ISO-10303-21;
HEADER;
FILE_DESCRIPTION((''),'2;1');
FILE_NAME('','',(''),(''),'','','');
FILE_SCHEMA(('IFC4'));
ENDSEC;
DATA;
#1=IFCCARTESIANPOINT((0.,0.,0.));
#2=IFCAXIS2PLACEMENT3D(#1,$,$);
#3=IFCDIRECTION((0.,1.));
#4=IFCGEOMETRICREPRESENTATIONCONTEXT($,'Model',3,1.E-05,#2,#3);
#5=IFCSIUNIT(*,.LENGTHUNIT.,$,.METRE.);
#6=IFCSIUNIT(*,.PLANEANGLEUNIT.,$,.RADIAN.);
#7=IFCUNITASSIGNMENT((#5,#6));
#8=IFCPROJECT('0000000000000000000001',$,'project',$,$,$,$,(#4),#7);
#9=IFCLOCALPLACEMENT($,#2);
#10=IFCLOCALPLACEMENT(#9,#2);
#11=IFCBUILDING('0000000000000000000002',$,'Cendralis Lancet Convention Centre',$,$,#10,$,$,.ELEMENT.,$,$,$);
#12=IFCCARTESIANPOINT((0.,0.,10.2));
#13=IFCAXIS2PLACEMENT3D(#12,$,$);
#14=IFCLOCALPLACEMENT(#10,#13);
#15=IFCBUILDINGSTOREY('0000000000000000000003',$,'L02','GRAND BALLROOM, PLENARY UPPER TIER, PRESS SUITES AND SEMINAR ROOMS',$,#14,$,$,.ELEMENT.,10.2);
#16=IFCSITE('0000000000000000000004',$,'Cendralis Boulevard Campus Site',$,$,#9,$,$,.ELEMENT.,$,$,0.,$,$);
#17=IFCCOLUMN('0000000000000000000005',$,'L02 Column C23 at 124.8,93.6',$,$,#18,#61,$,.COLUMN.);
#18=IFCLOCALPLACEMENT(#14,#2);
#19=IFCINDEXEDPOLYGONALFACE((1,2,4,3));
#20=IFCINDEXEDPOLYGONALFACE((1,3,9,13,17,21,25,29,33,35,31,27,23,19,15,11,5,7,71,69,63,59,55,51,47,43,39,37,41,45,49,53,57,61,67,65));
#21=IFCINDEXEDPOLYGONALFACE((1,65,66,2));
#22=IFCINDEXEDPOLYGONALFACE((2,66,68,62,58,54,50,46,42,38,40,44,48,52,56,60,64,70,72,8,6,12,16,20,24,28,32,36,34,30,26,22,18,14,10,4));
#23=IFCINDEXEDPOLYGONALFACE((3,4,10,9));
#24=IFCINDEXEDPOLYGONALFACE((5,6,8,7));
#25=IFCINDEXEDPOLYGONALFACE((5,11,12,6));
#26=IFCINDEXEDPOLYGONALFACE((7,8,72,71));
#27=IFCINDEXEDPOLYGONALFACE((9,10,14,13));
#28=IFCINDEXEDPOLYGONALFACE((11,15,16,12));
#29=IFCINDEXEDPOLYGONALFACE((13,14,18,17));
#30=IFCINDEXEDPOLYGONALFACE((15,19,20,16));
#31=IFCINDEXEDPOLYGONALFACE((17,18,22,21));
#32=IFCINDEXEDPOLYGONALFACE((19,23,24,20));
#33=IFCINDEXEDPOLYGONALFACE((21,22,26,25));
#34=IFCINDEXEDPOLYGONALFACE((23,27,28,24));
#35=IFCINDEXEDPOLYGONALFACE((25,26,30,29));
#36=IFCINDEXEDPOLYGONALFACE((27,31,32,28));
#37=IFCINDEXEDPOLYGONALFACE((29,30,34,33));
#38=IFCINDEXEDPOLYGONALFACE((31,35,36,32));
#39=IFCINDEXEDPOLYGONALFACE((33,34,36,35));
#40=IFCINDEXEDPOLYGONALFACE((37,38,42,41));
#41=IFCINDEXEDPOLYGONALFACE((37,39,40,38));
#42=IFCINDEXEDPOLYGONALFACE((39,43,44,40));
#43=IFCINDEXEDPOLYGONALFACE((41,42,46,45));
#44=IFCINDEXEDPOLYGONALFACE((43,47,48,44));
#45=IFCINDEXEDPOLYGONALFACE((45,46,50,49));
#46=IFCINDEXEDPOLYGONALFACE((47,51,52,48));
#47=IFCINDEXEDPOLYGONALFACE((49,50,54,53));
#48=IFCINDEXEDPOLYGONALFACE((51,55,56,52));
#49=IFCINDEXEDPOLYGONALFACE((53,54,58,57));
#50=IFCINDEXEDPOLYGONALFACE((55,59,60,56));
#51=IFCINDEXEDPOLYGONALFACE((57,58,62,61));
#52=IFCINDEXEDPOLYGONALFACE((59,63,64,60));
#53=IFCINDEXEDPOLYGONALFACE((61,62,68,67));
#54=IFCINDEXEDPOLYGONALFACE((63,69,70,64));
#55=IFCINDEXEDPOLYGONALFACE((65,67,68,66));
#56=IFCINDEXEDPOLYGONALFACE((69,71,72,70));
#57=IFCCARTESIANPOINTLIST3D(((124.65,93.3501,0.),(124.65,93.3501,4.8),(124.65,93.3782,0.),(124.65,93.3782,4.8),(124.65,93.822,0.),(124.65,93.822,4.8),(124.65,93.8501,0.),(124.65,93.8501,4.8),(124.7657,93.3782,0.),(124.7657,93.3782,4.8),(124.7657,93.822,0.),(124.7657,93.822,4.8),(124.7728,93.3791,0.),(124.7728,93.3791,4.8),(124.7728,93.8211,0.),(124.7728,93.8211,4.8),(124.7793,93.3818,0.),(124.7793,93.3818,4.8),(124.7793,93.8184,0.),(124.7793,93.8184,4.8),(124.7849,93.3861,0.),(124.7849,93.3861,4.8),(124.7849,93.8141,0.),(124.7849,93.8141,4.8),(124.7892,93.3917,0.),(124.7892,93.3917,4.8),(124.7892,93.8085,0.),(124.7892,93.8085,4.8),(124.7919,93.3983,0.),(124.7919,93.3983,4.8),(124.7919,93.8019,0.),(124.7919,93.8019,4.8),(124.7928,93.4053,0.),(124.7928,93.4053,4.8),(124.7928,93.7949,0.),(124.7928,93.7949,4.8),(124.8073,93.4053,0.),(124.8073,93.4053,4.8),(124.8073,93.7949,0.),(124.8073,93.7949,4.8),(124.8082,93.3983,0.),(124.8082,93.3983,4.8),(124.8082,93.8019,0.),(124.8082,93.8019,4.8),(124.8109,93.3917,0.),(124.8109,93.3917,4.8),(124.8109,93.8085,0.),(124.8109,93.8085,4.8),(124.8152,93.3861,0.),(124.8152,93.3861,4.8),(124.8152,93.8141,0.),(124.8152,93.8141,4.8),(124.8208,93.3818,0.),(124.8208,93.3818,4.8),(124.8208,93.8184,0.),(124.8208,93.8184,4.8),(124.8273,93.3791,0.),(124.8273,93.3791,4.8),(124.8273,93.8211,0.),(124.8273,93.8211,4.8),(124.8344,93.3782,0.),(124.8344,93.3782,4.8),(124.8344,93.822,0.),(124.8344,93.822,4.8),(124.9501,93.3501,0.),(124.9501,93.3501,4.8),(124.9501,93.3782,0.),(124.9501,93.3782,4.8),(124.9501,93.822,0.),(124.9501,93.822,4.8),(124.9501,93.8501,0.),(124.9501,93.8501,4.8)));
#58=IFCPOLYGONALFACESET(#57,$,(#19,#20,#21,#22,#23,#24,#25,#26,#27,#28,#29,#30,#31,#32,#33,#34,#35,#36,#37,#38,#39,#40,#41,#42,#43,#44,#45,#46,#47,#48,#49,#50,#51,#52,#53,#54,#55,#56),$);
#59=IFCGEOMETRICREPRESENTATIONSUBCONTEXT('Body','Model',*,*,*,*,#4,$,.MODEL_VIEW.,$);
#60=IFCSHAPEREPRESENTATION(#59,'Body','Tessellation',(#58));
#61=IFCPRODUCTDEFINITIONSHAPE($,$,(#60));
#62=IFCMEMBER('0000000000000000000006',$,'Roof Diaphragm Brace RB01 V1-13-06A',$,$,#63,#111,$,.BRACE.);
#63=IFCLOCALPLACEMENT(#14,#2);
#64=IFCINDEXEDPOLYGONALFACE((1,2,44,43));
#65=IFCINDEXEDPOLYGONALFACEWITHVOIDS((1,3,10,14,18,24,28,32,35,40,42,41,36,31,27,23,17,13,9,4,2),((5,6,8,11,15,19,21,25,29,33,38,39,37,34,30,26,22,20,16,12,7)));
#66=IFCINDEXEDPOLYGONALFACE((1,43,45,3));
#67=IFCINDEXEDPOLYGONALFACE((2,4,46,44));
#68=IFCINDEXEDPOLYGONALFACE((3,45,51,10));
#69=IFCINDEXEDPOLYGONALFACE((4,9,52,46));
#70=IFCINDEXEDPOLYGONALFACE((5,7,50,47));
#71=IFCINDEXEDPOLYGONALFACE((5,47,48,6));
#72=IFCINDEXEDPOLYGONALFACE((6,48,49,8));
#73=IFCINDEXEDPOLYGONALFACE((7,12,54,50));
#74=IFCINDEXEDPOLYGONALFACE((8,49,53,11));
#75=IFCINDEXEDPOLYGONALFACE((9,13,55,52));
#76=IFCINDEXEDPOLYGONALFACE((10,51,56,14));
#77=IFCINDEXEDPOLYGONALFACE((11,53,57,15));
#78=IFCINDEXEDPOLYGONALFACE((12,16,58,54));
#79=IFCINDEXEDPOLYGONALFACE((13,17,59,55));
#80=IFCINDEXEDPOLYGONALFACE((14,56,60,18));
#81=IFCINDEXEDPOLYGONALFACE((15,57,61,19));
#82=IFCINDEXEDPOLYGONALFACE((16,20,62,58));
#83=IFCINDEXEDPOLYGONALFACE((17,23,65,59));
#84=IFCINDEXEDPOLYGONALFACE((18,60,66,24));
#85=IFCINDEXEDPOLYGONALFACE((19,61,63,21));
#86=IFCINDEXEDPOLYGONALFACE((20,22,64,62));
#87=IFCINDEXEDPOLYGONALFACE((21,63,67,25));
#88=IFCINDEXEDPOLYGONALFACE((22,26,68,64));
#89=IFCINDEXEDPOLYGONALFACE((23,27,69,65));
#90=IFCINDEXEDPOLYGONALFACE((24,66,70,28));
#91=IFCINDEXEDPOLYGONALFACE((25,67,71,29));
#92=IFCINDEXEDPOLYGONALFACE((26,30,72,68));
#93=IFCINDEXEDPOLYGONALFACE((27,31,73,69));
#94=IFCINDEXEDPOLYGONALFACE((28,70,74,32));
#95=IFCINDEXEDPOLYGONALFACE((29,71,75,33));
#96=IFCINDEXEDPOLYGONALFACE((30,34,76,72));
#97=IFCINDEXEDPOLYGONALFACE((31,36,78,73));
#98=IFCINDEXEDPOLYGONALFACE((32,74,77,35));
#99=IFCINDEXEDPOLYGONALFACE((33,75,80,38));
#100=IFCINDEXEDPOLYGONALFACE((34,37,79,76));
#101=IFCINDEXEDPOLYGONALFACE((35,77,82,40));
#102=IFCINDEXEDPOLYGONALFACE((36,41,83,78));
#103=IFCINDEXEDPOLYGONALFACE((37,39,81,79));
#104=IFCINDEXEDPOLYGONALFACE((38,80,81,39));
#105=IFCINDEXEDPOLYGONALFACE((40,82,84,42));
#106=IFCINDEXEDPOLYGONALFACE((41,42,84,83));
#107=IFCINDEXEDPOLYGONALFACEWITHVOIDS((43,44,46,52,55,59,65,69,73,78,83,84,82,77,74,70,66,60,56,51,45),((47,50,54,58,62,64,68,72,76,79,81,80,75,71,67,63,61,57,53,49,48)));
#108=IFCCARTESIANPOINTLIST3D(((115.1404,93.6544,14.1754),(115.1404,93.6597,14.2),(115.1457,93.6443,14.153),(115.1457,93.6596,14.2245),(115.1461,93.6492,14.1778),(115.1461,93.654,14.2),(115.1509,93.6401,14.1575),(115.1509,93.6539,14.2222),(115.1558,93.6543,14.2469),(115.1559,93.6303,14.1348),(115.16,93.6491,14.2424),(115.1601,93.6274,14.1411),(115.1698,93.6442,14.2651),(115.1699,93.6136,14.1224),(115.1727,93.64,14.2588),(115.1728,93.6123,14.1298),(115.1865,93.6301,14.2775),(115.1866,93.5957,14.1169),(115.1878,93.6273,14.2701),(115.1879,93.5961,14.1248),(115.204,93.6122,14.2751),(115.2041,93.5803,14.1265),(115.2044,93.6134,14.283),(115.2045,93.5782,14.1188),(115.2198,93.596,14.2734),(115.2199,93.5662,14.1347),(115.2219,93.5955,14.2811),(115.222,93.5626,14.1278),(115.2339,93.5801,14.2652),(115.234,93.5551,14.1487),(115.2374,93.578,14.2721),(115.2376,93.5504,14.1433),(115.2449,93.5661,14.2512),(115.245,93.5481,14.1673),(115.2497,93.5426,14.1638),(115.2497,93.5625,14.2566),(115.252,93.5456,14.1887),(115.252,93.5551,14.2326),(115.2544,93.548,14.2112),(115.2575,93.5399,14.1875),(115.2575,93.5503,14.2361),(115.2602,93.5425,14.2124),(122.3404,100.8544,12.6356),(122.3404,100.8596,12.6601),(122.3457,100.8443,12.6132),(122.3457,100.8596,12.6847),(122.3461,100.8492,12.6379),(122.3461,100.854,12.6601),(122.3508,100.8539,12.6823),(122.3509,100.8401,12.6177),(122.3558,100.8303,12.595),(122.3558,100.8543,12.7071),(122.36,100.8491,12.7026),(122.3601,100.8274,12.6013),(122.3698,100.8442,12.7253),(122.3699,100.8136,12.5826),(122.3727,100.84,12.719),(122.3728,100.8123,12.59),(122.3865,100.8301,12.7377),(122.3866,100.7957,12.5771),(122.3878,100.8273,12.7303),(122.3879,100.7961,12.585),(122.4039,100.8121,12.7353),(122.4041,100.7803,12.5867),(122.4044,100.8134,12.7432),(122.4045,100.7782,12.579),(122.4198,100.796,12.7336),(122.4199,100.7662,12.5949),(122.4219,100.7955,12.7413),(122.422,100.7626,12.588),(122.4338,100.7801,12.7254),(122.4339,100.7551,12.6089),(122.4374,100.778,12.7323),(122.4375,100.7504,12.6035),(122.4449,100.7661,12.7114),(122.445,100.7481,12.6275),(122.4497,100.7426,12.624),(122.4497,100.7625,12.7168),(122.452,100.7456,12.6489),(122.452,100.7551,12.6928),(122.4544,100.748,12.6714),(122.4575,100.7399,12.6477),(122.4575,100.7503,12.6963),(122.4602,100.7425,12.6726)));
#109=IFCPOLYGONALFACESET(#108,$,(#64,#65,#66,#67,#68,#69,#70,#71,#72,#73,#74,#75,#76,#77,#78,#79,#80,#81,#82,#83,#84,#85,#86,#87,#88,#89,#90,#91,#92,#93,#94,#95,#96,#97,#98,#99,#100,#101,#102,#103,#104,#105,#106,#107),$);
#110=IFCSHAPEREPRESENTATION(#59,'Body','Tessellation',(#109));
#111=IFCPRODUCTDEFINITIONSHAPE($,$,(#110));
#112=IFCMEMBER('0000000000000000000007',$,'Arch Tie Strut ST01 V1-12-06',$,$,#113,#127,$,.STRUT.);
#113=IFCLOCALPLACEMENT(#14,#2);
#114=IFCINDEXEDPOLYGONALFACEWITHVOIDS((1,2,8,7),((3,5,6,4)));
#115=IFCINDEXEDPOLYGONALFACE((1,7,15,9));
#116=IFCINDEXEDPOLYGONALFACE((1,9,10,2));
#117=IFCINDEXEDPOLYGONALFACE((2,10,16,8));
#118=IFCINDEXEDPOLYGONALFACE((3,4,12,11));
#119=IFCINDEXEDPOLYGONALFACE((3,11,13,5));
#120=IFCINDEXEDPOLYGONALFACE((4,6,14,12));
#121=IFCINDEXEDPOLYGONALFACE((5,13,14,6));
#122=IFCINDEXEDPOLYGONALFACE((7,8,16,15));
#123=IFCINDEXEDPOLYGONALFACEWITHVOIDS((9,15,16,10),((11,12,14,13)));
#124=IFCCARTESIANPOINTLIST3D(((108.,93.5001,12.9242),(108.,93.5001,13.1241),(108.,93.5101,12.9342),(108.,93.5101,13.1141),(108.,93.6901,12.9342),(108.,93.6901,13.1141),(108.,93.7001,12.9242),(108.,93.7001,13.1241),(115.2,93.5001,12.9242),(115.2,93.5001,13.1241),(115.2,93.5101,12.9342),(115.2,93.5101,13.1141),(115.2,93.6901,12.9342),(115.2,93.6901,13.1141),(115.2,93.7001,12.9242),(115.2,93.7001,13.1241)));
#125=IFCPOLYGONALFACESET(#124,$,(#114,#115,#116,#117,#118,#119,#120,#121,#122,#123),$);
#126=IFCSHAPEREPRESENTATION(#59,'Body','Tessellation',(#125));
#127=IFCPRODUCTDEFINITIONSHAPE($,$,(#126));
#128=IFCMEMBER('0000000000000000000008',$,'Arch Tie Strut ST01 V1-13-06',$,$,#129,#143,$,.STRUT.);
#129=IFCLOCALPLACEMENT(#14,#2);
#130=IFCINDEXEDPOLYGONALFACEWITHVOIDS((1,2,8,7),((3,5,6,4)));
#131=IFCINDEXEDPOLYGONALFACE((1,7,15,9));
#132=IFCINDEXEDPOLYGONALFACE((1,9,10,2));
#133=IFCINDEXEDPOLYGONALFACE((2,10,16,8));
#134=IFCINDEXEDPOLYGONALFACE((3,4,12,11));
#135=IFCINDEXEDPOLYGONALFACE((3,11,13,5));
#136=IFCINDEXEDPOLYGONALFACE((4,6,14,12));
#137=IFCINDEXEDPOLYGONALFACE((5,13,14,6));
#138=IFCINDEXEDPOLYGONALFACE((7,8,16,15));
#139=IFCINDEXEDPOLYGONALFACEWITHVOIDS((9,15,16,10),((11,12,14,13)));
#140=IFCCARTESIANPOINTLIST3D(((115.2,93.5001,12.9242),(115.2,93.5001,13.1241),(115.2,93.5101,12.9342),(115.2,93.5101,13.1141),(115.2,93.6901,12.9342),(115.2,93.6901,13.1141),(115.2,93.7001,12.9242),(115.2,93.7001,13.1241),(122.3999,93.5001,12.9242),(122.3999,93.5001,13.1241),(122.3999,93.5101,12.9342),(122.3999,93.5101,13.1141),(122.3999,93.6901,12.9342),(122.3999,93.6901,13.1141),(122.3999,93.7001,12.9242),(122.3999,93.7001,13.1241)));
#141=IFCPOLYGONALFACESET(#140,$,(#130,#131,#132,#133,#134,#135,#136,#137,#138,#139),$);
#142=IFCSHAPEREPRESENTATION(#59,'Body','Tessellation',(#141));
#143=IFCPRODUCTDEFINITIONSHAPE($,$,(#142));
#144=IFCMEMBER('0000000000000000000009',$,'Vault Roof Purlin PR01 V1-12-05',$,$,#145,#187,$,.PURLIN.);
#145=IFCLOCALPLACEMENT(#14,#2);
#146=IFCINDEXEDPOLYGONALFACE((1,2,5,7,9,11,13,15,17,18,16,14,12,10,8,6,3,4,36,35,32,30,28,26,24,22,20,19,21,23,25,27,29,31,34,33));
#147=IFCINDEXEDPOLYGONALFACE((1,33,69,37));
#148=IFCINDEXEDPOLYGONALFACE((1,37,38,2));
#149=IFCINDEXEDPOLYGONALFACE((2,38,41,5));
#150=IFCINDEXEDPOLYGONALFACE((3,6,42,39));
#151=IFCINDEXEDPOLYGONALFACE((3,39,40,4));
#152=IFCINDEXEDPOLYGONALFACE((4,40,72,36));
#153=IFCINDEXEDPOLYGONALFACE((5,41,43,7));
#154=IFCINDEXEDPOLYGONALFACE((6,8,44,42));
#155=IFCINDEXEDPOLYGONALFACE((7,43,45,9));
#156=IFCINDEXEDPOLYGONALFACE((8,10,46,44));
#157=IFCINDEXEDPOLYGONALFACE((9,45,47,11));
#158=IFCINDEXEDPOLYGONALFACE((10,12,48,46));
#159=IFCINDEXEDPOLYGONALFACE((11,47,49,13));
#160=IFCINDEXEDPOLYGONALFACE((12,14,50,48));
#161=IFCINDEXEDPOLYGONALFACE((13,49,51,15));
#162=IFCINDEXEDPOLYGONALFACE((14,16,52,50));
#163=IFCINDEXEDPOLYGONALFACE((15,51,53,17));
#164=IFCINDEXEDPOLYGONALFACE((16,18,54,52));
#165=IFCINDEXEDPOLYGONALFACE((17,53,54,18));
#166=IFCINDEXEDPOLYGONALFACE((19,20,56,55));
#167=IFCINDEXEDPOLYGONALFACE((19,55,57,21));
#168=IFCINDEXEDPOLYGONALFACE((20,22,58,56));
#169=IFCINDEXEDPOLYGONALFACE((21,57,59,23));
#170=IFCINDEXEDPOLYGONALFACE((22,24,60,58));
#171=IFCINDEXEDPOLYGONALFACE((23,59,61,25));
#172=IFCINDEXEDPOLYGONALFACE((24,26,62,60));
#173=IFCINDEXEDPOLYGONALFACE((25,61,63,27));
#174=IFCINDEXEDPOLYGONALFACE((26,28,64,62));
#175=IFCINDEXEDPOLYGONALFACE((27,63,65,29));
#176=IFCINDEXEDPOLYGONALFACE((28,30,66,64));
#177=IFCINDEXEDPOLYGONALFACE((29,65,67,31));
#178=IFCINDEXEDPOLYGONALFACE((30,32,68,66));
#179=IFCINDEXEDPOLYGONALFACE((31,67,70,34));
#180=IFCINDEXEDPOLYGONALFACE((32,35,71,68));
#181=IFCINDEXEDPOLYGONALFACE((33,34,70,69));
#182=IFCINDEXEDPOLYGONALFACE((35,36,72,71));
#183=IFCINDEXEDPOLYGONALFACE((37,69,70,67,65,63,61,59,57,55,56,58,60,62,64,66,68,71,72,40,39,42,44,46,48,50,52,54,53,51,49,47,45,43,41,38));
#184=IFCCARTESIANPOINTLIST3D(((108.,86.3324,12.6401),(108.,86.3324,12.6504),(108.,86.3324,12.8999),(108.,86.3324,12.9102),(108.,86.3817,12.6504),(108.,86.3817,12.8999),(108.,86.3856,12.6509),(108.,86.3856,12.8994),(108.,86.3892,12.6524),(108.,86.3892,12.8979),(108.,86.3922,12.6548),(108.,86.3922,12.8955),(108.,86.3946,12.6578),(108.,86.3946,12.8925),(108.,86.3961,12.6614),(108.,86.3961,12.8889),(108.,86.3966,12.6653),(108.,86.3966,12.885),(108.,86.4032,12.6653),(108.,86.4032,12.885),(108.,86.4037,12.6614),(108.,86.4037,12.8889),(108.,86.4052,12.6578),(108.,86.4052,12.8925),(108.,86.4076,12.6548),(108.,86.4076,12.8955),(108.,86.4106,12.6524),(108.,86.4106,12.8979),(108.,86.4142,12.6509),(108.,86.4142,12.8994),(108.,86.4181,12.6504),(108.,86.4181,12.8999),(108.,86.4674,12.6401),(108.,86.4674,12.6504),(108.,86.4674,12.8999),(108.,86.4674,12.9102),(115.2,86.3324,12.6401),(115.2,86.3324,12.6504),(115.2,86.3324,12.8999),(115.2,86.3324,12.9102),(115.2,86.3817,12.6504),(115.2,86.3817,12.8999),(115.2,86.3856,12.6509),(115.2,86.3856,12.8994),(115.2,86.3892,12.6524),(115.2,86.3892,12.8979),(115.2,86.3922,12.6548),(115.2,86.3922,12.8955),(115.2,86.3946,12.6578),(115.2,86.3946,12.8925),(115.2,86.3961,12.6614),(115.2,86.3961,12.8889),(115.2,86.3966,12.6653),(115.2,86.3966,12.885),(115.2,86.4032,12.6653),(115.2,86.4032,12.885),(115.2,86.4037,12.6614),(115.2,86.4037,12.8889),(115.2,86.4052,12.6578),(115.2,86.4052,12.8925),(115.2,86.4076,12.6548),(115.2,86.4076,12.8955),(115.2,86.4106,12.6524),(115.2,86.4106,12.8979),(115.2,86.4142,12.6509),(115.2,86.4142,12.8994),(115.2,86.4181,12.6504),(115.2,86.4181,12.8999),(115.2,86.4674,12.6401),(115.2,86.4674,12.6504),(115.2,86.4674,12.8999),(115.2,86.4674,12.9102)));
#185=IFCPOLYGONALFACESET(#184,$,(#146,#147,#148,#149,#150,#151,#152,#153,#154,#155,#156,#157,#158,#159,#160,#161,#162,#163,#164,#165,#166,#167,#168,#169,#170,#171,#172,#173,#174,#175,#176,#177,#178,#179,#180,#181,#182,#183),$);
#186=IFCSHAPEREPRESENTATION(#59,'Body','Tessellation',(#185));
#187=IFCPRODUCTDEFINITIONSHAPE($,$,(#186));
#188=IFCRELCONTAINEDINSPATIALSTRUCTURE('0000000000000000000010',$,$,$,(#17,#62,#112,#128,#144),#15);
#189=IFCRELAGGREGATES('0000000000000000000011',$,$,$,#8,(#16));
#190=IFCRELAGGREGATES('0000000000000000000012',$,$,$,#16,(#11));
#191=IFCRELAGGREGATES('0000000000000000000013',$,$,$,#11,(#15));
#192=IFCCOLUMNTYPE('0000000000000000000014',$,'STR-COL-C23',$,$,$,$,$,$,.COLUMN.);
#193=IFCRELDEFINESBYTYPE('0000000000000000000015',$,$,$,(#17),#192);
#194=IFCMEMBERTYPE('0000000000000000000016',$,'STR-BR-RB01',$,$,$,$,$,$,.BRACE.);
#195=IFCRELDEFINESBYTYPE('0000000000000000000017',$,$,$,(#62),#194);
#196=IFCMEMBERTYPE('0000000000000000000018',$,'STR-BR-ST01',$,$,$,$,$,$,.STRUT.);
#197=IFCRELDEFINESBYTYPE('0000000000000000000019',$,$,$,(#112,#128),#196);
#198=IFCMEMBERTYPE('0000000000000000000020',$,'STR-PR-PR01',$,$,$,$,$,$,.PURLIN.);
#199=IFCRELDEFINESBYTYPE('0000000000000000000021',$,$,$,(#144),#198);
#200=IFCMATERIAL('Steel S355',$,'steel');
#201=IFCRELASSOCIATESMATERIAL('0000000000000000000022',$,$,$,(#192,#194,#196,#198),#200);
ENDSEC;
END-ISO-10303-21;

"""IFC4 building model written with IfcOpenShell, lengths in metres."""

from ifc_helpers import new_model, si_unit, direction, frame, origin, origin_2d, place, context, subcontext, project, spatial, hollow_rectangle, hollow_circle, i_section, extrude, material, material_profile, profile_set, type_object, element, save


model = new_model("IFC4")

# Units and contexts
model_context = context("Model", 3, precision=1e-05, world=origin(), true_north=direction((0.0, 1.0)))
body_context = subcontext(model_context, "Body", "Model", "MODEL_VIEW")
ifc_project = project(units=[si_unit("LENGTHUNIT", "METRE"), si_unit("PLANEANGLEUNIT", "RADIAN")], contexts=[model_context])

# Site, building, storey
site_placement = place(None, origin())
site = spatial("IfcSite", under=ifc_project, at=site_placement, Name="Cendralis Boulevard Campus Site", CompositionType="ELEMENT", RefElevation=0.0)
building_placement = place(site_placement, origin())
building = spatial("IfcBuilding", under=site, at=building_placement, Name="Cendralis Lancet Convention Centre", CompositionType="ELEMENT")
storey_placement = place(building_placement, frame((0.0, 0.0, 10.2)))
storey = spatial("IfcBuildingStorey", under=building, at=storey_placement, Name="L02", Description="GRAND BALLROOM, PLENARY UPPER TIER, PRESS SUITES AND SEMINAR ROOMS", CompositionType="ELEMENT", Elevation=10.2)

# Column
ifc_material = material(Name="Steel S355", Category="steel")
ifc_material_profile_1 = material_profile(ifc_material, i_section(OverallWidth=0.3, OverallDepth=0.5, WebThickness=0.0144, FlangeThickness=0.0281, FilletRadius=0.0271, at=origin_2d()), Name="HEB 500")
ifc_profile_set_1 = profile_set([ifc_material_profile_1], Name="Steel S355")
column_type = type_object("IfcColumnType", Name="STR-COL-C23", PredefinedType="COLUMN", material=ifc_profile_set_1)
column_placement = place(storey_placement, frame((124.8, 93.6001, 0.0), z_axis=(0.0, 0.0, 1.0), x_axis=(1.0, 0.0, 0.0)))
element("IfcColumn", 1, at=column_placement, inside=storey, type_object=column_type, Name="L02 Column C23 at 124.8,93.6", PredefinedType="COLUMN", context=body_context, shape_type="SweptSolid", body=[
    extrude(i_section(OverallWidth=0.3, OverallDepth=0.5, WebThickness=0.0144, FlangeThickness=0.0281, FilletRadius=0.0271, at=origin_2d()), origin(), (0.0, 0.0, 1.0), 4.8),
])

# Members
ifc_material_profile_2 = material_profile(ifc_material, hollow_circle(Radius=0.0842, WallThickness=0.0081, at=origin_2d()), Name="CHS 168.3x8.0")
ifc_profile_set_2 = profile_set([ifc_material_profile_2], Name="Steel S355")
member_type_1 = type_object("IfcMemberType", Name="STR-BR-RB01", PredefinedType="BRACE", material=ifc_profile_set_2)
member_1_placement = place(storey_placement, frame((115.2, 93.6001, 14.2), z_axis=(0.699158, 0.699158, -0.149523), x_axis=(-0.707107, 0.707107, 0.0)))
element("IfcMember", 2, at=member_1_placement, inside=storey, type_object=member_type_1, Name="Roof Diaphragm Brace RB01 V1-13-06A", PredefinedType="BRACE", context=body_context, shape_type="SweptSolid", body=[
    extrude(hollow_circle(Radius=0.0842, WallThickness=0.0081, at=origin_2d()), origin(), (0.0, 0.0, 1.0), 10.2981),
])
ifc_material_profile_3 = material_profile(ifc_material, hollow_rectangle(XDim=0.2, YDim=0.2, WallThickness=0.01, at=origin_2d()), Name="SHS 200x200x10.0")
ifc_profile_set_3 = profile_set([ifc_material_profile_3], Name="Steel S355")
member_type_2 = type_object("IfcMemberType", Name="STR-BR-ST01", PredefinedType="STRUT", material=ifc_profile_set_3)
for number, where, z_axis, x_axis, name in (
    (3, (108.0, 93.6001, 13.0242), (1.0, 0.0, 0.0), (0.0, 1.0, 0.0), "Arch Tie Strut ST01 V1-12-06"),
    (4, (115.2, 93.6001, 13.0242), (1.0, 0.0, 0.0), (0.0, 1.0, 0.0), "Arch Tie Strut ST01 V1-13-06"),
):
    element("IfcMember", number, at=place(storey_placement, frame(where, z_axis=z_axis, x_axis=x_axis)), inside=storey, type_object=member_type_2, Name=name, PredefinedType="STRUT", context=body_context, shape_type="SweptSolid", body=[
        extrude(hollow_rectangle(XDim=0.2, YDim=0.2, WallThickness=0.01, at=origin_2d()), origin(), (0.0, 0.0, 1.0), 7.2),
    ])
ifc_material_profile_4 = material_profile(ifc_material, i_section(OverallWidth=0.135, OverallDepth=0.27, WebThickness=0.0066, FlangeThickness=0.0103, FilletRadius=0.0149, at=origin_2d()), Name="IPE 270")
ifc_profile_set_4 = profile_set([ifc_material_profile_4], Name="Steel S355")
member_type_3 = type_object("IfcMemberType", Name="STR-PR-PR01", PredefinedType="PURLIN", material=ifc_profile_set_4)
for number, where, z_axis, x_axis, name in (
    (5, (108.0, 86.3999, 12.7751), (1.0, 0.0, 0.0), (0.0, 1.0, 0.0), "Vault Roof Purlin PR01 V1-12-05"),
):
    element("IfcMember", number, at=place(storey_placement, frame(where, z_axis=z_axis, x_axis=x_axis)), inside=storey, type_object=member_type_3, Name=name, PredefinedType="PURLIN", context=body_context, shape_type="SweptSolid", body=[
        extrude(i_section(OverallWidth=0.135, OverallDepth=0.27, WebThickness=0.0066, FlangeThickness=0.0103, FilletRadius=0.0149, at=origin_2d()), origin(), (0.0, 0.0, 1.0), 7.2),
    ])

save(model, "model.ifc")
